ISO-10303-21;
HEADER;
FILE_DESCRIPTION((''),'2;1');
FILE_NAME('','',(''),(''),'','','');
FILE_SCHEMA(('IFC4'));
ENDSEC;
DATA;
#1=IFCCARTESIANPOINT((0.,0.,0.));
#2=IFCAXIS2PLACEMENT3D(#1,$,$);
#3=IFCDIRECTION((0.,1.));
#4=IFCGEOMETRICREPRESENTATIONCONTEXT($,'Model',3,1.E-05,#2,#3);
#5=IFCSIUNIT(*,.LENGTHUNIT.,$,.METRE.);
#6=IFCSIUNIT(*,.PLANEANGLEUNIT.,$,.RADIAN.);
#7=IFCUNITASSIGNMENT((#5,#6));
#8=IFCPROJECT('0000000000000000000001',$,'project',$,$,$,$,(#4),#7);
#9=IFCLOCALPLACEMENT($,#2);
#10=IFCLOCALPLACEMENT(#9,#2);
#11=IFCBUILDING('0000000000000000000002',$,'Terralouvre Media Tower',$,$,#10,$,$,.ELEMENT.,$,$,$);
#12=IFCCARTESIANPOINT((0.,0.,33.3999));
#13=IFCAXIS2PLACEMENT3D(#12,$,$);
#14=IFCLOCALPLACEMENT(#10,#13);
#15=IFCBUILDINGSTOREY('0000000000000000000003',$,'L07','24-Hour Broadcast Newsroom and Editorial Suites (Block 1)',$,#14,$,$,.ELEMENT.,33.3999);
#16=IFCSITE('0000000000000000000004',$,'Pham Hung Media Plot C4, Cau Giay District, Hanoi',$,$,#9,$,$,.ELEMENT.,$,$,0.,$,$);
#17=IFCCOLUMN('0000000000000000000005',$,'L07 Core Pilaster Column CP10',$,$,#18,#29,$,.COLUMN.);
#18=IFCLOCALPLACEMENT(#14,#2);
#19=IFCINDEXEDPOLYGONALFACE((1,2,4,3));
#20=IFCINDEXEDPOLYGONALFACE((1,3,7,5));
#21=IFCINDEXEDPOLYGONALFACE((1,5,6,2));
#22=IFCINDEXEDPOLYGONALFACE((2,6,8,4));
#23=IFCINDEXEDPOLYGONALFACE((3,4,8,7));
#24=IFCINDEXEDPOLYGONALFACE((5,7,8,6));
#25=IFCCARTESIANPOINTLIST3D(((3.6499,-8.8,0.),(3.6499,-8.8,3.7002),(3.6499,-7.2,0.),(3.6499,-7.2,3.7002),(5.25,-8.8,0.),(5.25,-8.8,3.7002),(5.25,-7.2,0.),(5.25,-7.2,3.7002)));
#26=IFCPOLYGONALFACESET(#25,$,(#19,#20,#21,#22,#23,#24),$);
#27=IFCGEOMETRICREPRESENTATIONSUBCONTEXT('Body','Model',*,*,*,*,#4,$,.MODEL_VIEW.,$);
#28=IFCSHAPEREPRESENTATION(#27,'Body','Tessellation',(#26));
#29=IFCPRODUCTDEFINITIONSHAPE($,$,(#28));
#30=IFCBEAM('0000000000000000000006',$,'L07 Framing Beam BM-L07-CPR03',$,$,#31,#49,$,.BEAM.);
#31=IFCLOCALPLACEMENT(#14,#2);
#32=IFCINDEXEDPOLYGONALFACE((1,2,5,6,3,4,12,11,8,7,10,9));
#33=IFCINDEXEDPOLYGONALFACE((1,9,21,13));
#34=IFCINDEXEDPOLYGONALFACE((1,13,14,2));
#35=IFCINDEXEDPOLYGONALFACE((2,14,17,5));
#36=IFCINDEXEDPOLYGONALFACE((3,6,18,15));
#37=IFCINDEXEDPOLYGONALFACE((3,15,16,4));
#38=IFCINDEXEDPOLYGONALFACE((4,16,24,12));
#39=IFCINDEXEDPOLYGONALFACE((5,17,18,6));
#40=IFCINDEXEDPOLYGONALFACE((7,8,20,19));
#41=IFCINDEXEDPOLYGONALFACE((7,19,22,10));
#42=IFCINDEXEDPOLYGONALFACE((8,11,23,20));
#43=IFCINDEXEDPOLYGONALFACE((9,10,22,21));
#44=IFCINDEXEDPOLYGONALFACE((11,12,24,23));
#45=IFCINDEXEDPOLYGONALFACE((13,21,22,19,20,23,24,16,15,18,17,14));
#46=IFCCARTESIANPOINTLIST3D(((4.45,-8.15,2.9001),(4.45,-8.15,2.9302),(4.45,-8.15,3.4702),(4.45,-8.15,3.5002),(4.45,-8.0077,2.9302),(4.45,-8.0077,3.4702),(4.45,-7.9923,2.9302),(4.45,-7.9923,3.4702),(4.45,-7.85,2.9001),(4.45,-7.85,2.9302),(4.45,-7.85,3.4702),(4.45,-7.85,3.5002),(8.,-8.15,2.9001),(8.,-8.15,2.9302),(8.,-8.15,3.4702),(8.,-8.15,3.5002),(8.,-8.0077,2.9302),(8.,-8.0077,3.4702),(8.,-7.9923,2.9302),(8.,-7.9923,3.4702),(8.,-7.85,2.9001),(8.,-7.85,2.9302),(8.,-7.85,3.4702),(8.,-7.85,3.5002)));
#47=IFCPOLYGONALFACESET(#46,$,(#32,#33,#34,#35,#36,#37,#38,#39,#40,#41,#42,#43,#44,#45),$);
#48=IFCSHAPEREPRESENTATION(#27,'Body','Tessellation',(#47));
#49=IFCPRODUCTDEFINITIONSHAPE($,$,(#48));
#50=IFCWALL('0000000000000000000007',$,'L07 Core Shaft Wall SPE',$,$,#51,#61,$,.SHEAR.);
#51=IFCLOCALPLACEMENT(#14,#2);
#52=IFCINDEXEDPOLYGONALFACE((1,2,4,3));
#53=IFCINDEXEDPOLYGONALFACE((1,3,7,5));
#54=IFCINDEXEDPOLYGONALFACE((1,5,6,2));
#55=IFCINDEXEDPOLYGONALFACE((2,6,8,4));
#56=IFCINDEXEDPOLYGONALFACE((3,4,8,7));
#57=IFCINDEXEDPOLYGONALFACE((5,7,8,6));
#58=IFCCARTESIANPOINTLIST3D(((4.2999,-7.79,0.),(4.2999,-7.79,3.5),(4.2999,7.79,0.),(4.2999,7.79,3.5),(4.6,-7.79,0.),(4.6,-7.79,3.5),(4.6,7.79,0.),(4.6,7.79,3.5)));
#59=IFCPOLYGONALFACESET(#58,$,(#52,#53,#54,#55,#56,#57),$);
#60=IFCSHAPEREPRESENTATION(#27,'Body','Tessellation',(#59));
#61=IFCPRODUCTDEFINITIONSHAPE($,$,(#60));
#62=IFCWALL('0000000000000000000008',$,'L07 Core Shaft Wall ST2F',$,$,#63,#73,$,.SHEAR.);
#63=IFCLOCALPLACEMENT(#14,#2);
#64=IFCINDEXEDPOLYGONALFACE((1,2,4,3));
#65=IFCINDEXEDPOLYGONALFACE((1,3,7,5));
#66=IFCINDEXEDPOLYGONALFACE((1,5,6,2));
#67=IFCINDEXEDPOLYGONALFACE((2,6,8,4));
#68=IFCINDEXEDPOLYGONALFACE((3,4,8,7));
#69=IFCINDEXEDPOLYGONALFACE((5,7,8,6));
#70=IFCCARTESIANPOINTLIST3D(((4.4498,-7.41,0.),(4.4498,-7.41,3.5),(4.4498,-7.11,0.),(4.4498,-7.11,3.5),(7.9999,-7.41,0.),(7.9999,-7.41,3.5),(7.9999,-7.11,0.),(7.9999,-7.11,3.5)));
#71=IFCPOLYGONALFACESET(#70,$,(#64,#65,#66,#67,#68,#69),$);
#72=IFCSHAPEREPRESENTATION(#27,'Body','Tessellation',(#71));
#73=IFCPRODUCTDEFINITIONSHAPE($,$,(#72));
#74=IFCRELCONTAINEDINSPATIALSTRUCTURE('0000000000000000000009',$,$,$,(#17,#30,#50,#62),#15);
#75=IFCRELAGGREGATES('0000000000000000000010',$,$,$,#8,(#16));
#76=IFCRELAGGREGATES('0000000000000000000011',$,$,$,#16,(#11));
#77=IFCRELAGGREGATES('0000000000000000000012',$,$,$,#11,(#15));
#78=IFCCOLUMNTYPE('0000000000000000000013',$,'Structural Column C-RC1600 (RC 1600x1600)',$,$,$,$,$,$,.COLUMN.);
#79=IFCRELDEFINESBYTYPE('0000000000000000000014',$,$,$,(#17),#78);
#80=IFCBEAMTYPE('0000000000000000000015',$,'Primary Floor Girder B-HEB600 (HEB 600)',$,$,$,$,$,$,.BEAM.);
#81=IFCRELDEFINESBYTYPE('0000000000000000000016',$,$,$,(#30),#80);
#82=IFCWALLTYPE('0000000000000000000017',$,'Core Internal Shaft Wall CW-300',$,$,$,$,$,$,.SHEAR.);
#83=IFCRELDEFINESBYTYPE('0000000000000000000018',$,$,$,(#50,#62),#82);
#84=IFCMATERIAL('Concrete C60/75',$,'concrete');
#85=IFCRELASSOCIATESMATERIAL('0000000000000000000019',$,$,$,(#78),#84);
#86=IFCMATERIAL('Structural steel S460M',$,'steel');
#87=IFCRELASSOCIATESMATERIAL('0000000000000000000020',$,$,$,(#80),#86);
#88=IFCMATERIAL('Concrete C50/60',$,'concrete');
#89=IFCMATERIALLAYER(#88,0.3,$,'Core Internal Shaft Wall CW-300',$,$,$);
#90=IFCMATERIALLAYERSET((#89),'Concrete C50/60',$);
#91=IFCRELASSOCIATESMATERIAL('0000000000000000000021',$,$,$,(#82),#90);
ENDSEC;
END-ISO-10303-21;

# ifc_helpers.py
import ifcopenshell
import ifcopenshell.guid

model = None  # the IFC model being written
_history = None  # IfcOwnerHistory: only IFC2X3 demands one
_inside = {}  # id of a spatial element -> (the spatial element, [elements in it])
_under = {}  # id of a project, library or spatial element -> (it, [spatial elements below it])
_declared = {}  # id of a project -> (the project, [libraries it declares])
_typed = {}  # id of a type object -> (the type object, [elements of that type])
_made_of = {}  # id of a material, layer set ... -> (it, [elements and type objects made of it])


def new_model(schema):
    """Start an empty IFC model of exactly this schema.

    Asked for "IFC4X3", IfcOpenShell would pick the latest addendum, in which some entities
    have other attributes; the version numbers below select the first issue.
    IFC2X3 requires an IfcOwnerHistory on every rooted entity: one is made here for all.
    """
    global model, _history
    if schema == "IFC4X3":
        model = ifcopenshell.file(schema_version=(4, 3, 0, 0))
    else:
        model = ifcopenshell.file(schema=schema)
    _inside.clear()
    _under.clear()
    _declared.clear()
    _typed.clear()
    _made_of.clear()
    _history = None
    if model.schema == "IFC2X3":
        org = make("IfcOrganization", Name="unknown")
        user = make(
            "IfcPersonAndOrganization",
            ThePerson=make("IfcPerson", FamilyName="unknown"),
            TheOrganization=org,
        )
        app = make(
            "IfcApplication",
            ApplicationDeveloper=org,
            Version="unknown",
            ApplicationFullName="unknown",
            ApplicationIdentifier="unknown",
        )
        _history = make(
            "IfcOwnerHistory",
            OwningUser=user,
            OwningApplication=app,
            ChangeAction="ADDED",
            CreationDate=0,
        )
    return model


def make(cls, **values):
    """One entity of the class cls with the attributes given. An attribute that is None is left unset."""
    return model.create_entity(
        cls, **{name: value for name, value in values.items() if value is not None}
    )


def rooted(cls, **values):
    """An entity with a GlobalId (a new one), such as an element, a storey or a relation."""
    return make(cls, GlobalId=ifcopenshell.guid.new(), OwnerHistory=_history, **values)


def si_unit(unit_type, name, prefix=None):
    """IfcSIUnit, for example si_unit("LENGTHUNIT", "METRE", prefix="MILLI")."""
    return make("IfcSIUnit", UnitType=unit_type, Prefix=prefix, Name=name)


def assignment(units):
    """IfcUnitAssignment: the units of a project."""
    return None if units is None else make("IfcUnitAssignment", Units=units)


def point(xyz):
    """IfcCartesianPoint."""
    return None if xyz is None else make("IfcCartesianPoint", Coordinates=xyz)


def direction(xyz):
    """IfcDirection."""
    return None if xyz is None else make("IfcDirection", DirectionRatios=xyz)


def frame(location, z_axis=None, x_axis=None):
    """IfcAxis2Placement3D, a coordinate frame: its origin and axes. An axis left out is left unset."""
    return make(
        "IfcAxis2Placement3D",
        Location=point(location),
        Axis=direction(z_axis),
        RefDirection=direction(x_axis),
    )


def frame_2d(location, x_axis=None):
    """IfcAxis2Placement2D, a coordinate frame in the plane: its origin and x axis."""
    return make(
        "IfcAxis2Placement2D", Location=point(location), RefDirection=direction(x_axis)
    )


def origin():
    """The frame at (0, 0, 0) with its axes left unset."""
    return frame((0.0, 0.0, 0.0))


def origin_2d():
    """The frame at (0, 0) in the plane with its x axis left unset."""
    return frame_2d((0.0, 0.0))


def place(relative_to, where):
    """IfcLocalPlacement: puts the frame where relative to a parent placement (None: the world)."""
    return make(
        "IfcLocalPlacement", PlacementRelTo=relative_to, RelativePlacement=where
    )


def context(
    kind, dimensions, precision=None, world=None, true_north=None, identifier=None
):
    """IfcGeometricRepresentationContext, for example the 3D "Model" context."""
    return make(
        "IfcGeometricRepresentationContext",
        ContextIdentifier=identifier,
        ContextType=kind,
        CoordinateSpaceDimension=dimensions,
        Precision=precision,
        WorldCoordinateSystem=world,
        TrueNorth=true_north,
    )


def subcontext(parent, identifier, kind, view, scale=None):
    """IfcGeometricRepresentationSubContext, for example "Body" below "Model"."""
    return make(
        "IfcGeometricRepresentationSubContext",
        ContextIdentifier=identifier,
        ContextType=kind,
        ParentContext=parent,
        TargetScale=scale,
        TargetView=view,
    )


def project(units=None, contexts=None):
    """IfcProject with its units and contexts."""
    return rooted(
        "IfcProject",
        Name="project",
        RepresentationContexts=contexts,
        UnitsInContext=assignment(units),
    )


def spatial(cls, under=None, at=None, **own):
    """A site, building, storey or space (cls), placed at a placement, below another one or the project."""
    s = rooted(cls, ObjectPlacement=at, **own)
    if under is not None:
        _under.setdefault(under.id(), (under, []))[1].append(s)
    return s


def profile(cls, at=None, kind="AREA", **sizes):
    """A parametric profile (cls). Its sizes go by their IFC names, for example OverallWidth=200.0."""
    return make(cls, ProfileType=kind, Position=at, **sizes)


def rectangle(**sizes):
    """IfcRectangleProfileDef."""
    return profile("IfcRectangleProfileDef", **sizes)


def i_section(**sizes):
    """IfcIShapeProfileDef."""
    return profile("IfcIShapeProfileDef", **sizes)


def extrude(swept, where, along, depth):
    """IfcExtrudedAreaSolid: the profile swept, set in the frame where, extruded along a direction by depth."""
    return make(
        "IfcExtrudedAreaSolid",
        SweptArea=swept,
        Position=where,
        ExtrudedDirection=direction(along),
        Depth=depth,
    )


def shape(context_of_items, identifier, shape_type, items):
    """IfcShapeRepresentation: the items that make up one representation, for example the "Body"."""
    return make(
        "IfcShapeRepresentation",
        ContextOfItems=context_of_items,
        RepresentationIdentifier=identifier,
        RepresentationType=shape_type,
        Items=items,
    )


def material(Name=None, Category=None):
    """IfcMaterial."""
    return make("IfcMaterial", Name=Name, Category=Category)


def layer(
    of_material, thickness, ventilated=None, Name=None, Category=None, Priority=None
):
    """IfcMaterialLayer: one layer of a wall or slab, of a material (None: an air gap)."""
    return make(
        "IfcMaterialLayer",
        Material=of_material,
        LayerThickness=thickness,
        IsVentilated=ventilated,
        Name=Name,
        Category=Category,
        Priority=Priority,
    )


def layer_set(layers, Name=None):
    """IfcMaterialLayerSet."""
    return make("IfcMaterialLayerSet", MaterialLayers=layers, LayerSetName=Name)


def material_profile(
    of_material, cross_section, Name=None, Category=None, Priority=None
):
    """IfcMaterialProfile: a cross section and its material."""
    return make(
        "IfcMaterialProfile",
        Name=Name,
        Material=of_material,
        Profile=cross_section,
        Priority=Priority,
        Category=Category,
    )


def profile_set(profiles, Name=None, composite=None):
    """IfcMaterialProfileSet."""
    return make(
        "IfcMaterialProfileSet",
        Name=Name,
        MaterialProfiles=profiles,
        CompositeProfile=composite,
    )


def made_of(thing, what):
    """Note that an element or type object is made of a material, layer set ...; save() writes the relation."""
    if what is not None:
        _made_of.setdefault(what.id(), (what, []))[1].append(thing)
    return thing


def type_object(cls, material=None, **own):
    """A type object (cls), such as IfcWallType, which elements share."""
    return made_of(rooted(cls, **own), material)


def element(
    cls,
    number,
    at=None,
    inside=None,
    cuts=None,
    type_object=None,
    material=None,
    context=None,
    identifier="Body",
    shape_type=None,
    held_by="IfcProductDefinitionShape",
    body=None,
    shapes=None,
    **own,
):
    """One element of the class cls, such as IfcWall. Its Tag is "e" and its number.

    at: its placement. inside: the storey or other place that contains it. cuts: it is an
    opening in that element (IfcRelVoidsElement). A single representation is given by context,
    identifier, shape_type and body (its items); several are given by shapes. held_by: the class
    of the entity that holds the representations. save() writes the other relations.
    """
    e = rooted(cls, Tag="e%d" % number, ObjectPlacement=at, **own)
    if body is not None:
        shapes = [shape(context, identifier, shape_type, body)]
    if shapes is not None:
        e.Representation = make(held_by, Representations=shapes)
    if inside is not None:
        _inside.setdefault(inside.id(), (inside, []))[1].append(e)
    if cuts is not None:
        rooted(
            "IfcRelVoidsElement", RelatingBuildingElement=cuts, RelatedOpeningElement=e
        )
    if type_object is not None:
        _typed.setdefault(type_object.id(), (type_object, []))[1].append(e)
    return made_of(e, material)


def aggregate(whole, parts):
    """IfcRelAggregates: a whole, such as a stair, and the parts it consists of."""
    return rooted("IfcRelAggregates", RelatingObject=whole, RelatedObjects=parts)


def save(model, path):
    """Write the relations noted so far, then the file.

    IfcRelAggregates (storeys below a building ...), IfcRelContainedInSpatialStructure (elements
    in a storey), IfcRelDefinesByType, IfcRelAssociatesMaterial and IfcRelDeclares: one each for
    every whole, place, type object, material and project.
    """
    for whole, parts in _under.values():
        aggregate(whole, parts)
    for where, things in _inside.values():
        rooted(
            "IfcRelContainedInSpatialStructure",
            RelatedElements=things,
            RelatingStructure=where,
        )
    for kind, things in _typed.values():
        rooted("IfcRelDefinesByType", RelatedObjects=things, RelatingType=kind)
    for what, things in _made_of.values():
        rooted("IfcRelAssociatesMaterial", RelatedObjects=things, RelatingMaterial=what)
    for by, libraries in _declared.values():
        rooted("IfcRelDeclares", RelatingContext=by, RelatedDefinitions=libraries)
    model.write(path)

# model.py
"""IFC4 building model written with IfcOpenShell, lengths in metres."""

from ifc_helpers import new_model, si_unit, direction, frame, frame_2d, origin, origin_2d, place, context, subcontext, project, spatial, rectangle, i_section, extrude, material, layer, layer_set, material_profile, profile_set, type_object, element, save


model = new_model("IFC4")

# Units and contexts
model_context = context("Model", 3, precision=1e-05, world=origin(), true_north=direction((0.0, 1.0)))
body_context = subcontext(model_context, "Body", "Model", "MODEL_VIEW")
ifc_project = project(units=[si_unit("LENGTHUNIT", "METRE"), si_unit("PLANEANGLEUNIT", "RADIAN")], contexts=[model_context])

# Site, building, storey
site_placement = place(None, origin())
site = spatial("IfcSite", under=ifc_project, at=site_placement, Name="Pham Hung Media Plot C4, Cau Giay District, Hanoi", CompositionType="ELEMENT", RefElevation=0.0)
building_placement = place(site_placement, origin())
building = spatial("IfcBuilding", under=site, at=building_placement, Name="Terralouvre Media Tower", CompositionType="ELEMENT")
storey_placement = place(building_placement, frame((0.0, 0.0, 33.3999)))
storey = spatial("IfcBuildingStorey", under=building, at=storey_placement, Name="L07", Description="24-Hour Broadcast Newsroom and Editorial Suites (Block 1)", CompositionType="ELEMENT", Elevation=33.3999)

# Column
ifc_material_1 = material(Name="Concrete C60/75", Category="concrete")
ifc_material_profile_1 = material_profile(ifc_material_1, rectangle(XDim=1.6001, YDim=1.6001, at=origin_2d()), Name="RC 1600x1600")
ifc_profile_set_1 = profile_set([ifc_material_profile_1], Name="Concrete C60/75")
column_type = type_object("IfcColumnType", Name="Structural Column C-RC1600 (RC 1600x1600)", PredefinedType="COLUMN", material=ifc_profile_set_1)
column_placement = place(storey_placement, frame((4.45, -8.0, 0.0), z_axis=(0.0, 0.0, 1.0), x_axis=(1.0, 0.0, 0.0)))
element("IfcColumn", 1, at=column_placement, inside=storey, type_object=column_type, Name="L07 Core Pilaster Column CP10", PredefinedType="COLUMN", context=body_context, shape_type="SweptSolid", body=[
    extrude(rectangle(XDim=1.6001, YDim=1.6001, at=origin_2d()), origin(), (0.0, 0.0, 1.0), 3.7002),
])

# Beam
ifc_material_2 = material(Name="Structural steel S460M", Category="steel")
ifc_material_profile_2 = material_profile(ifc_material_2, i_section(OverallWidth=0.3, OverallDepth=0.6001, WebThickness=0.0154, FlangeThickness=0.03, at=origin_2d()), Name="HEB 600")
ifc_profile_set_2 = profile_set([ifc_material_profile_2], Name="Structural steel S460M")
beam_type = type_object("IfcBeamType", Name="Primary Floor Girder B-HEB600 (HEB 600)", PredefinedType="BEAM", material=ifc_profile_set_2)
beam_placement = place(storey_placement, frame((4.45, -8.0, 3.2002), z_axis=(1.0, 0.0, 0.0), x_axis=(0.0, 1.0, 0.0)))
element("IfcBeam", 2, at=beam_placement, inside=storey, type_object=beam_type, Name="L07 Framing Beam BM-L07-CPR03", PredefinedType="BEAM", context=body_context, shape_type="SweptSolid", body=[
    extrude(i_section(OverallWidth=0.3, OverallDepth=0.6001, WebThickness=0.0154, FlangeThickness=0.03, at=origin_2d()), origin(), (0.0, 0.0, 1.0), 3.55),
])

# Walls
ifc_material_3 = material(Name="Concrete C50/60", Category="concrete")
ifc_layer_1 = layer(ifc_material_3, 0.3, Name="Core Internal Shaft Wall CW-300")
ifc_layer_set_1 = layer_set([ifc_layer_1], Name="Concrete C50/60")
wall_type_1 = type_object("IfcWallType", Name="Core Internal Shaft Wall CW-300", PredefinedType="SHEAR", material=ifc_layer_set_1)
wall_1_placement = place(storey_placement, frame((4.45, -7.79, 0.0), z_axis=(0.0, 0.0, 1.0), x_axis=(0.0, 1.0, 0.0)))
element("IfcWall", 3, at=wall_1_placement, inside=storey, type_object=wall_type_1, Name="L07 Core Shaft Wall SPE", PredefinedType="SHEAR", context=body_context, shape_type="SweptSolid", body=[
    extrude(rectangle(XDim=15.5801, YDim=0.3, at=frame_2d((7.79, 0.0))), origin(), (0.0, 0.0, 1.0), 3.5),
])
wall_2_placement = place(storey_placement, frame((4.45, -7.26, 0.0), z_axis=(0.0, 0.0, 1.0), x_axis=(1.0, 0.0, 0.0)))
element("IfcWall", 4, at=wall_2_placement, inside=storey, type_object=wall_type_1, Name="L07 Core Shaft Wall ST2F", PredefinedType="SHEAR", context=body_context, shape_type="SweptSolid", body=[
    extrude(rectangle(XDim=3.55, YDim=0.3, at=frame_2d((1.7749, 0.0))), origin(), (0.0, 0.0, 1.0), 3.5),
])

save(model, "model.ifc")
